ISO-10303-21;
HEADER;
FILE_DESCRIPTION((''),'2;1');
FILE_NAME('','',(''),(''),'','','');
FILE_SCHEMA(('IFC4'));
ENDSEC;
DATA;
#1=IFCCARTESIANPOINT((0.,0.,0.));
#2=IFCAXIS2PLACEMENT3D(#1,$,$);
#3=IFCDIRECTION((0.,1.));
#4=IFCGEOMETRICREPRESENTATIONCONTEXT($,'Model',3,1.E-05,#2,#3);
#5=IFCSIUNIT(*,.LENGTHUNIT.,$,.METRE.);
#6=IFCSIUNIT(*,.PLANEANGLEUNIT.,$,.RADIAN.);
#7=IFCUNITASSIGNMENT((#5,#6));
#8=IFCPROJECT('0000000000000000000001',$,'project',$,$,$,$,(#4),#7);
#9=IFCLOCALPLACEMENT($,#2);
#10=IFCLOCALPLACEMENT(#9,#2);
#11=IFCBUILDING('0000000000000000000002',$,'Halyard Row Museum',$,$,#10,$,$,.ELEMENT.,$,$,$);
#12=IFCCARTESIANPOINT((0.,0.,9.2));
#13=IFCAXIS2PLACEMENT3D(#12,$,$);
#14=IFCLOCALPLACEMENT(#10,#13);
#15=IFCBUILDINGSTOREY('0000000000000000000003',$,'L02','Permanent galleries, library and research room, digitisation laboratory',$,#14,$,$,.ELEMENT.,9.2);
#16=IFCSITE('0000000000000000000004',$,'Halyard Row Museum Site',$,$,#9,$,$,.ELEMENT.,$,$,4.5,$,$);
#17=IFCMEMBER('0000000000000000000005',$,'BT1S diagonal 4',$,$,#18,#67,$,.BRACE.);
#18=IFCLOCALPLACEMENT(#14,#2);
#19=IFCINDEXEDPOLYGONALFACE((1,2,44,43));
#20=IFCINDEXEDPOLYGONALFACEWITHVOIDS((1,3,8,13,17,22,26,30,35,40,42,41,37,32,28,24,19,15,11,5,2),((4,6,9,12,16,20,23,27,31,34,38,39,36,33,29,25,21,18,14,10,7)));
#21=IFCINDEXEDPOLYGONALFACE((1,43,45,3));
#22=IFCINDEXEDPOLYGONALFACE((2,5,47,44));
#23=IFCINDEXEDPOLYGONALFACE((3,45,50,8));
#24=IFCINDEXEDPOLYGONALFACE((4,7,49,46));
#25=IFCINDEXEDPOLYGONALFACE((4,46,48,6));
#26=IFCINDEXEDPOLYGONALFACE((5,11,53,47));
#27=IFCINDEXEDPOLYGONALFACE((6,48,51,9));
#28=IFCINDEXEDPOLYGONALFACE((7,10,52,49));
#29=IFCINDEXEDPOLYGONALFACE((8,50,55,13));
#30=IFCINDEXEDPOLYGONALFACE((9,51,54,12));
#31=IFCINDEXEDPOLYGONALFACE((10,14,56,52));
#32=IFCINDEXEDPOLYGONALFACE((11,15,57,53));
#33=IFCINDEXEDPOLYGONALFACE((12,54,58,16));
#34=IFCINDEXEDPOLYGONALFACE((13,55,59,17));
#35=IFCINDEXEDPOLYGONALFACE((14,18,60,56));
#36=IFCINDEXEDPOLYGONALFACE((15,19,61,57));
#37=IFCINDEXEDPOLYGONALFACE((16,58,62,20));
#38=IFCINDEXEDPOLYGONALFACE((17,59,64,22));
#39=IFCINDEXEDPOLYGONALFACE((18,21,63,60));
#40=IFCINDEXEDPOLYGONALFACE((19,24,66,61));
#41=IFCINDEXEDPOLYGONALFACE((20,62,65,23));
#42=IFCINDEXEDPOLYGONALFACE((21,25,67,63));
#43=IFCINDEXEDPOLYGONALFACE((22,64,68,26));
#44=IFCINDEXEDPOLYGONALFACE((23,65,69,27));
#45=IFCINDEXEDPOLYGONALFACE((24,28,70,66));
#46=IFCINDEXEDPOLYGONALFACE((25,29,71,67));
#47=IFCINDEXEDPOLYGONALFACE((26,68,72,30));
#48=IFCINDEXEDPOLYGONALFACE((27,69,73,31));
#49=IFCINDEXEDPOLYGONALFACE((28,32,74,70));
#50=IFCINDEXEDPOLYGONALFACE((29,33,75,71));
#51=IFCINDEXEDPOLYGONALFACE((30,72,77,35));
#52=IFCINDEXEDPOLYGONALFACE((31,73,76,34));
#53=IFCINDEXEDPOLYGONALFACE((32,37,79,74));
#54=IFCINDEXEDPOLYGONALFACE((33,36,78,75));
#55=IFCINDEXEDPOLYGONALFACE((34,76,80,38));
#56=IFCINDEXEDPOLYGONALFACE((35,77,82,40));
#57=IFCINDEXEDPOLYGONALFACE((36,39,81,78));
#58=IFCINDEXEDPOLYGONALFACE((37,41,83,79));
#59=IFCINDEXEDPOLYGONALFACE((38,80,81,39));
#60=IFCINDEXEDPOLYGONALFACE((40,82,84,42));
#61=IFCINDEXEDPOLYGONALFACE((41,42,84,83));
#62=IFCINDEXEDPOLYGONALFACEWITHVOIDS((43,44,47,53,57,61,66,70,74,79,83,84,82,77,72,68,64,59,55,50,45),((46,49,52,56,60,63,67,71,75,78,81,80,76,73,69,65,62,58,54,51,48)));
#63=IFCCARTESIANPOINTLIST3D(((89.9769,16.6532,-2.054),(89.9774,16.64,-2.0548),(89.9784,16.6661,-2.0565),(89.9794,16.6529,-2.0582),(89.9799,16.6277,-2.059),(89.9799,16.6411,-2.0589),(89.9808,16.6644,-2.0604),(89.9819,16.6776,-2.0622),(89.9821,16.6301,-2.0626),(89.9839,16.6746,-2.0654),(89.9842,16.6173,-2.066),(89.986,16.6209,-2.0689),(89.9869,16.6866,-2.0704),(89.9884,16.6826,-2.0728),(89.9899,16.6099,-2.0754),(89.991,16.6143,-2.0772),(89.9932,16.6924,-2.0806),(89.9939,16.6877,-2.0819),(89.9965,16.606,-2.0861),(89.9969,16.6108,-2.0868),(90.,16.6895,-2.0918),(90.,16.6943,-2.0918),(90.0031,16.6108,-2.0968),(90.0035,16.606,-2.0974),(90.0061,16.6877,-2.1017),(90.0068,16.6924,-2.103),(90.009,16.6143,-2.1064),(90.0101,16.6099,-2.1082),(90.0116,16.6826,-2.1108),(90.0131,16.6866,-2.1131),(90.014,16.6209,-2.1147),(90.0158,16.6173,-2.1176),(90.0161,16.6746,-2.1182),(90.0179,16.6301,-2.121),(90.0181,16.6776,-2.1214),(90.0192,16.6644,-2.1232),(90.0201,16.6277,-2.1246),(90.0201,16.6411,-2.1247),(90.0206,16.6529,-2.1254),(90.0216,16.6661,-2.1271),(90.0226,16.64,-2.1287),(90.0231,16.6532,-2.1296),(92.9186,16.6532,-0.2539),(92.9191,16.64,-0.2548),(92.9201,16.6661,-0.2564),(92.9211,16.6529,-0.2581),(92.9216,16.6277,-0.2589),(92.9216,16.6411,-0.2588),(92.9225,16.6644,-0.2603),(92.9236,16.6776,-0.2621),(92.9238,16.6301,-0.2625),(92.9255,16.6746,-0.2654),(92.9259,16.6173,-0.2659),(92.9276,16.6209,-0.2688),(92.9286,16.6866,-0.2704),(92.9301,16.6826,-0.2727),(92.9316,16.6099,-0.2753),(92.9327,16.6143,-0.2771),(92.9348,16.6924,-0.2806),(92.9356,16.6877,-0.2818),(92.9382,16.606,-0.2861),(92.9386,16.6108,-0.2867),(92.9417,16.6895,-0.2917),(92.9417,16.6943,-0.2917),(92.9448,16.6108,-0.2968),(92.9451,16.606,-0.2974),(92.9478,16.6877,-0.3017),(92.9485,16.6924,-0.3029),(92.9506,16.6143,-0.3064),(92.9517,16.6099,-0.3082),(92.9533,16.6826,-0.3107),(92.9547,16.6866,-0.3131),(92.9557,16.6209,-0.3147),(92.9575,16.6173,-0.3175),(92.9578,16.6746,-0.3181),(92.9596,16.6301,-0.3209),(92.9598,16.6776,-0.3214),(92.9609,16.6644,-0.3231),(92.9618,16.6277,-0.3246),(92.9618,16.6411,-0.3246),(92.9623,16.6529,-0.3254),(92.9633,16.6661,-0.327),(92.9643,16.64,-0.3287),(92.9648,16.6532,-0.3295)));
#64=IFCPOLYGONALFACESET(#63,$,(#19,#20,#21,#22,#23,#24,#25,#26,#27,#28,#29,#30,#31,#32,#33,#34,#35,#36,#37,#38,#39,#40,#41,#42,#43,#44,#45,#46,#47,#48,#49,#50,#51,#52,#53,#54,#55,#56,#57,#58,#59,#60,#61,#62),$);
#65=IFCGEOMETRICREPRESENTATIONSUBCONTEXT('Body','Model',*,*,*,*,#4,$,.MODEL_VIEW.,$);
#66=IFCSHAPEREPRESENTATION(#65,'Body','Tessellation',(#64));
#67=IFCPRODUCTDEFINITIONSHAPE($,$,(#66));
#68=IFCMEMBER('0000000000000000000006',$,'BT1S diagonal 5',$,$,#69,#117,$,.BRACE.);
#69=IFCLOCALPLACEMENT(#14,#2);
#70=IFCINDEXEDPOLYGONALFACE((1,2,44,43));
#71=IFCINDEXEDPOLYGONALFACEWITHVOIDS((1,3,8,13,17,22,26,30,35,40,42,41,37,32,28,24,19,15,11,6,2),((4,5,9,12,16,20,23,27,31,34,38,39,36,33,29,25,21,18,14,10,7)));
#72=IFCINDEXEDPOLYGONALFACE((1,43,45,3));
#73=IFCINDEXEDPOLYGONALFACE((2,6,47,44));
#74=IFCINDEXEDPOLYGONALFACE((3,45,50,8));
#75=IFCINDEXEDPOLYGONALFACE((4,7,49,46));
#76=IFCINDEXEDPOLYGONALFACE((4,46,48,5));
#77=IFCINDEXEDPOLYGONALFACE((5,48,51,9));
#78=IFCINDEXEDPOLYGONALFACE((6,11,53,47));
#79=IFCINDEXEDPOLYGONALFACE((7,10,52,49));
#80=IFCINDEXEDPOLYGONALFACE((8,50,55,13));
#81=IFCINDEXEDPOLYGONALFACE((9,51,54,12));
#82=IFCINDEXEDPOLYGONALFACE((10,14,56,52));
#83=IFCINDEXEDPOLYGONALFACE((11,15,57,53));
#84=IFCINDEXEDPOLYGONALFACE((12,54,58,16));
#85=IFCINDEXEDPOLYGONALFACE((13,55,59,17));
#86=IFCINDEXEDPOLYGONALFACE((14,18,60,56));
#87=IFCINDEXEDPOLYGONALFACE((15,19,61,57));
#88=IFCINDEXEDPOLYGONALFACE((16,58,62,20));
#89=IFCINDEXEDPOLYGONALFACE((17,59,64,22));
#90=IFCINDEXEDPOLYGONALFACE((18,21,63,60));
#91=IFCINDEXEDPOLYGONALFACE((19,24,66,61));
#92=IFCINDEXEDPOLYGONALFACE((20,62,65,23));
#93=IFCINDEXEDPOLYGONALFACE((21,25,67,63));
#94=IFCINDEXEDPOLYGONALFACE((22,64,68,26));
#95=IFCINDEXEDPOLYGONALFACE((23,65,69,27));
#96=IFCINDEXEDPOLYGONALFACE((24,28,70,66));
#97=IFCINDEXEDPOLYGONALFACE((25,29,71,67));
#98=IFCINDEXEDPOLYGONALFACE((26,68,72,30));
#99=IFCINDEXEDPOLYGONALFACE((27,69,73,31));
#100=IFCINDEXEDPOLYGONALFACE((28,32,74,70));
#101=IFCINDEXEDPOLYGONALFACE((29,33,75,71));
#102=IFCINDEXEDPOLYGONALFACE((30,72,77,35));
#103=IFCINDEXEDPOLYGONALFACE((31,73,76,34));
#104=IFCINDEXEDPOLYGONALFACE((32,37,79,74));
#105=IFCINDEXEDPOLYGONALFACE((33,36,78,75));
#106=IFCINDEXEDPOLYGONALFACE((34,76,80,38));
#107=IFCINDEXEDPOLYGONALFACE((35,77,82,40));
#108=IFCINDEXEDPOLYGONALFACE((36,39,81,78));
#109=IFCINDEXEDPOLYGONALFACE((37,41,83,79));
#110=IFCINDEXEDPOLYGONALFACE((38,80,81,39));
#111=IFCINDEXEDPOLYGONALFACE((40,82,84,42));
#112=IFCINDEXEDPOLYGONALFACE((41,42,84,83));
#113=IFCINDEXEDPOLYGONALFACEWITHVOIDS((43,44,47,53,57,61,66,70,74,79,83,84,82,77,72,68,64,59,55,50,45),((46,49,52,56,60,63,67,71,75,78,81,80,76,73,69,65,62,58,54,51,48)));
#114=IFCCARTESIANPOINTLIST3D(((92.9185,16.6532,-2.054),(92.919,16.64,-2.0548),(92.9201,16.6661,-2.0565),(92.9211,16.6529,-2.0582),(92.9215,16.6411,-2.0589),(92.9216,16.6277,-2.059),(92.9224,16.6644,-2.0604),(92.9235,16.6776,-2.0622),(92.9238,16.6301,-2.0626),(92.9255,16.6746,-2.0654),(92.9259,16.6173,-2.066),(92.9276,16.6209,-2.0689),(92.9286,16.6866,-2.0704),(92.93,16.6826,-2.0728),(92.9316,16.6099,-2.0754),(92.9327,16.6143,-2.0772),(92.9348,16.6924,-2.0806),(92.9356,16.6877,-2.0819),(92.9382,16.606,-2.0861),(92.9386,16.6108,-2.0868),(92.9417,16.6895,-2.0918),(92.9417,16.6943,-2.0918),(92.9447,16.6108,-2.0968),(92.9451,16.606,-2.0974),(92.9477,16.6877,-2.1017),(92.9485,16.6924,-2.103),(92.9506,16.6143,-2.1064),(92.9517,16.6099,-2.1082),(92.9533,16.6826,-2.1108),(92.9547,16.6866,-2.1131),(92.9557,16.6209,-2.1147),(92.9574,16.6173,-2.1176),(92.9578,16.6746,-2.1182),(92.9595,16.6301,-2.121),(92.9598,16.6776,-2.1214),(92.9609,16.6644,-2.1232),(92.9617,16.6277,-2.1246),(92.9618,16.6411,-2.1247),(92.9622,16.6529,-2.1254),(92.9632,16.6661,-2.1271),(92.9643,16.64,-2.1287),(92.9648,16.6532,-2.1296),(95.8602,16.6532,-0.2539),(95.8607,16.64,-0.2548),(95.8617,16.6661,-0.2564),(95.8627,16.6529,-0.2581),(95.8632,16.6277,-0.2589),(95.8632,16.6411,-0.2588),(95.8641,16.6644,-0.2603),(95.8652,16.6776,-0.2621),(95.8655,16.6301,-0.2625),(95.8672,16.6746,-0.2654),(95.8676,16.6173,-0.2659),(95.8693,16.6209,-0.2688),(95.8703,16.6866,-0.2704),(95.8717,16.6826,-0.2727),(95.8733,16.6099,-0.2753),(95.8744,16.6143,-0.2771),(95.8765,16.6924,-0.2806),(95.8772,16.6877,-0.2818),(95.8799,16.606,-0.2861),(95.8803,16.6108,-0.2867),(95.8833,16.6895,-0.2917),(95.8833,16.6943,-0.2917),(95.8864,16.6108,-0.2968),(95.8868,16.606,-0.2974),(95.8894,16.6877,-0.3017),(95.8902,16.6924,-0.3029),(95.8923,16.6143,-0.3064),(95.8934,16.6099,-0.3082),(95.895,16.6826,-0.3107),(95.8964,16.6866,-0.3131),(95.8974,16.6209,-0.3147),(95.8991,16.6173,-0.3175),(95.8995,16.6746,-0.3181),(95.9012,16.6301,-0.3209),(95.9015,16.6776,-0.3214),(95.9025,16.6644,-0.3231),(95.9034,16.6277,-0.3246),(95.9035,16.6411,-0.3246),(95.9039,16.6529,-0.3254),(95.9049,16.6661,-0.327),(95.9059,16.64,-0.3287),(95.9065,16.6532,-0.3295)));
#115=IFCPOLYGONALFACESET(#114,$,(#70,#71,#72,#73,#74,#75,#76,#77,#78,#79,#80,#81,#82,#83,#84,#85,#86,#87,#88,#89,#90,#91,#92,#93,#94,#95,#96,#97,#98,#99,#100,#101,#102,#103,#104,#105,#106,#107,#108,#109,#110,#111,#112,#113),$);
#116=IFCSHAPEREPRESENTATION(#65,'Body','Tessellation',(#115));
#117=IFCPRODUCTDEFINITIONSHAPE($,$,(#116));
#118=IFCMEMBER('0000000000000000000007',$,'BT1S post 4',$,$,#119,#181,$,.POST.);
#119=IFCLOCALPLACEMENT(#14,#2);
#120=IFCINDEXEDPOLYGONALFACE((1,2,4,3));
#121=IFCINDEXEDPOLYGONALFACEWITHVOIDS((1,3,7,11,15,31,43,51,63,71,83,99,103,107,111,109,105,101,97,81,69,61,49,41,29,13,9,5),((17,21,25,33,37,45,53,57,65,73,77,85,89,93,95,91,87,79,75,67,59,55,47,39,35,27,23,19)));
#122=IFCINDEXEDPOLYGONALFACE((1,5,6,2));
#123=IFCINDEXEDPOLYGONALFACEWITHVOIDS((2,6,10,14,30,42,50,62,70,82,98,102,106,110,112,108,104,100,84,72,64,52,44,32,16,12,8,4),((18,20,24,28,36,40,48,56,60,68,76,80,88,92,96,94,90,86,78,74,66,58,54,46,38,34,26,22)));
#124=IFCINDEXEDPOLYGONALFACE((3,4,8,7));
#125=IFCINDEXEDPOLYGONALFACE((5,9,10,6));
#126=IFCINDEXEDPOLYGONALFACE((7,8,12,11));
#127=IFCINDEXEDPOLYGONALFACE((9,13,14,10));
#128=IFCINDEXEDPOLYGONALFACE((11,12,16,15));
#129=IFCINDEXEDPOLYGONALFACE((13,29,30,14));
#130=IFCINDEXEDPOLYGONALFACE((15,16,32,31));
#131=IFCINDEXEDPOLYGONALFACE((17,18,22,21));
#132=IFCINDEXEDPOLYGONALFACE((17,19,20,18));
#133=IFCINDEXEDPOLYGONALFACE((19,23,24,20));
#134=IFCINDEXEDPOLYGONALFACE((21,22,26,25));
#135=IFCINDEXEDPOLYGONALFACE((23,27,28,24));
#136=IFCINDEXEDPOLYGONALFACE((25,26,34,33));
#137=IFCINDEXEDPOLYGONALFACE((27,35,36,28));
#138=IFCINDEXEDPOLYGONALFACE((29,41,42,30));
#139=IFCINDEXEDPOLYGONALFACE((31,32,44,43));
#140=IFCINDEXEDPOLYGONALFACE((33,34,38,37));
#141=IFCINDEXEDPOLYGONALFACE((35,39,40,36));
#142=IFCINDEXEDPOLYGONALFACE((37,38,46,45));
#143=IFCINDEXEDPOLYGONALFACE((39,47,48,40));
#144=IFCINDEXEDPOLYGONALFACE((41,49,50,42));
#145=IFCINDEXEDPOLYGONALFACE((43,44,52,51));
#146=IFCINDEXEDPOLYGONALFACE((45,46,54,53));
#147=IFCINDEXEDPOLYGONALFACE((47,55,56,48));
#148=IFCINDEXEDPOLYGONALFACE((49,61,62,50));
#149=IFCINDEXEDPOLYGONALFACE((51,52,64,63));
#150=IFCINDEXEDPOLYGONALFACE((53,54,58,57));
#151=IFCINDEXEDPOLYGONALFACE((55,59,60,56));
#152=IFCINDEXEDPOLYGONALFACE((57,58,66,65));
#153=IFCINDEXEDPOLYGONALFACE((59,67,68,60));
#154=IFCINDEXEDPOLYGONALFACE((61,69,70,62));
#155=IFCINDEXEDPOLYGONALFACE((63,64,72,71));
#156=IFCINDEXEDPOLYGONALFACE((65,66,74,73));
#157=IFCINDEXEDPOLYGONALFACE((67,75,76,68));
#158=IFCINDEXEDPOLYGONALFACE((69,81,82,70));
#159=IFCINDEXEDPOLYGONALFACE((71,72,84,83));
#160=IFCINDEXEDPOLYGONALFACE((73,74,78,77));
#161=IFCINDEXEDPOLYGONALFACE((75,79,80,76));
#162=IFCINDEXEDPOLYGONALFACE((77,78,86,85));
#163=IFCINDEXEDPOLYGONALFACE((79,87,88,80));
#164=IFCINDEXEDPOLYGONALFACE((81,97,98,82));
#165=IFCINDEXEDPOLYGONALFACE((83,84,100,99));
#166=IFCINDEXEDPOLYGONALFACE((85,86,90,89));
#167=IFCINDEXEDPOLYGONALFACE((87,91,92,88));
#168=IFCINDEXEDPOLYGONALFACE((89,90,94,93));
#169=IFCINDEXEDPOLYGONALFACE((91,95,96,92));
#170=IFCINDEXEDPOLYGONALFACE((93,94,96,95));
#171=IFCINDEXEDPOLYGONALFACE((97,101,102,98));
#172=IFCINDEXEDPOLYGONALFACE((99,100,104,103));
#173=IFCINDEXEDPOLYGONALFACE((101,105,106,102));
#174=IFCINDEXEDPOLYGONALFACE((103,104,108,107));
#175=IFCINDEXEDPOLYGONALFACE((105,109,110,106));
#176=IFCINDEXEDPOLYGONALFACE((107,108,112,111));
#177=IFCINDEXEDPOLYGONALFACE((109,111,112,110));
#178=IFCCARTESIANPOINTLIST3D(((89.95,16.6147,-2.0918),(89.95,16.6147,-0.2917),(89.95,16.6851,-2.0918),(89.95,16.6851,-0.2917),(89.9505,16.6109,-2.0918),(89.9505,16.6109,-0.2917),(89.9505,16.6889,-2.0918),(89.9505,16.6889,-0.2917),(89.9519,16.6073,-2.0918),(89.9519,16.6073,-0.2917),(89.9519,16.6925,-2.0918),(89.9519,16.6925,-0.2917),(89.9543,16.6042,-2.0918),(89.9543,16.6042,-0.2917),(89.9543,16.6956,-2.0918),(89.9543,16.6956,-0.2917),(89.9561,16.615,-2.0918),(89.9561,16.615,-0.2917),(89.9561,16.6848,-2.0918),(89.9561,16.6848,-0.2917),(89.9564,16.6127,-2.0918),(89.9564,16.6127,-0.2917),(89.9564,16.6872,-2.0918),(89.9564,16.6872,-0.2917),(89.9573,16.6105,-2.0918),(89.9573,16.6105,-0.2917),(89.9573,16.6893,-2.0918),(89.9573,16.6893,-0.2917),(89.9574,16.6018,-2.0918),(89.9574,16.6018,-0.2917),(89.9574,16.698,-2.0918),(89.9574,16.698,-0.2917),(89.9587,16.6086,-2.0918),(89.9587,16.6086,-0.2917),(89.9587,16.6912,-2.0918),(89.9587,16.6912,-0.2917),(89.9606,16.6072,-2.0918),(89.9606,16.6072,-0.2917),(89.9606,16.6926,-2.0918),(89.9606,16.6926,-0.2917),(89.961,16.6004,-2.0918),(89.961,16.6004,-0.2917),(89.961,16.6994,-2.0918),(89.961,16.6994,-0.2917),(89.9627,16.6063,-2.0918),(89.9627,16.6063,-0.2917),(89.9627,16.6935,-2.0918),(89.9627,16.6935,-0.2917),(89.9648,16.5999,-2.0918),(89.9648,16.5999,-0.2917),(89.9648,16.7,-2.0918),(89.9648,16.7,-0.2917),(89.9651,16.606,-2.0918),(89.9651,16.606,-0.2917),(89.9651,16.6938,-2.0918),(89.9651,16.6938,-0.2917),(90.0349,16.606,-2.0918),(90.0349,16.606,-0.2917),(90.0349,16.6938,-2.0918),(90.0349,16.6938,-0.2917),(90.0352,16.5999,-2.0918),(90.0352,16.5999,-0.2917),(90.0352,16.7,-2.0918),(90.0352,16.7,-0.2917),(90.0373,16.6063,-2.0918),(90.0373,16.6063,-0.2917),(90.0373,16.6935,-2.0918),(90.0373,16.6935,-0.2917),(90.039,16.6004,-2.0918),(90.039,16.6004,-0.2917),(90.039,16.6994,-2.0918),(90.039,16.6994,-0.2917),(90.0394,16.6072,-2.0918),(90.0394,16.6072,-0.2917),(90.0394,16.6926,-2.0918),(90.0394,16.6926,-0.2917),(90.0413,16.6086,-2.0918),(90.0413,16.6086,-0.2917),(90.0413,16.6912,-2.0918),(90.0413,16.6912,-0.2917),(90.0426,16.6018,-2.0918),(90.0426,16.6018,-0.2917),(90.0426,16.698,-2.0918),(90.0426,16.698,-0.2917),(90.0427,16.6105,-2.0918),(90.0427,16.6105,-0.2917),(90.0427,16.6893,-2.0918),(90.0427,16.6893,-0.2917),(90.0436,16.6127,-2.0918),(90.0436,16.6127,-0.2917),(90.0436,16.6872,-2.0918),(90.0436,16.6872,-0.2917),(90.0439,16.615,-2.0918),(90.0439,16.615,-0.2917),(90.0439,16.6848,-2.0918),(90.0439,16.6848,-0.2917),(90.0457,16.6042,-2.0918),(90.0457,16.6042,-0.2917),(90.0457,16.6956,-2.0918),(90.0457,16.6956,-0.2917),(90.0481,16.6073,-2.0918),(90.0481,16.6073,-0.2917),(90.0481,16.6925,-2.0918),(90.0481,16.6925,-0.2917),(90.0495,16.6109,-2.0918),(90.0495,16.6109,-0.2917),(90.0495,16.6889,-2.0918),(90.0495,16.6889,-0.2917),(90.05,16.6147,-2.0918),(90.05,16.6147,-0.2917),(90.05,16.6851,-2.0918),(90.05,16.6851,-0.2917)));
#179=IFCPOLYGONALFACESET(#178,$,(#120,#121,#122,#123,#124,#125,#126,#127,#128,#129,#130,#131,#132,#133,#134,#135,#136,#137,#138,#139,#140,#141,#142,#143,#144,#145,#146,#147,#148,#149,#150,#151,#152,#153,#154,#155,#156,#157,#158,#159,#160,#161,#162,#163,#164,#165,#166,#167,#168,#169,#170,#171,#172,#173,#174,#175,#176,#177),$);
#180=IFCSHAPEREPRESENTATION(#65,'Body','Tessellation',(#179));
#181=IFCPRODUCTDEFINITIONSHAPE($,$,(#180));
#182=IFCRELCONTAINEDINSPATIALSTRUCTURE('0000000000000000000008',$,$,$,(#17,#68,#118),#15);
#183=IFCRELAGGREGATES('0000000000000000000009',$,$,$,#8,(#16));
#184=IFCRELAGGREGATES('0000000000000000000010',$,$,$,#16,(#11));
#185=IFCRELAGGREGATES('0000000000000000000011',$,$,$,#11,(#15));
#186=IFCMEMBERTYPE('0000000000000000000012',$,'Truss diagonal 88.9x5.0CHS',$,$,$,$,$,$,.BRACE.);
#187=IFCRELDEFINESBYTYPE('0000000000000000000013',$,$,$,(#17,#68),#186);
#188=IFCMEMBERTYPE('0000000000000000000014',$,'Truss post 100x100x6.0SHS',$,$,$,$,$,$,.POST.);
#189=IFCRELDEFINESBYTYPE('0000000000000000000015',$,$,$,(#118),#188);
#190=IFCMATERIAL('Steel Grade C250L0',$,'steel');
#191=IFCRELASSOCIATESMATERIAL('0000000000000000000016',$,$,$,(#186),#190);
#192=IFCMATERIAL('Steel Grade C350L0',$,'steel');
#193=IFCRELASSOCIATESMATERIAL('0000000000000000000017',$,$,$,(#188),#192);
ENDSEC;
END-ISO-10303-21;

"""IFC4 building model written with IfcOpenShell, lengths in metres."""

from ifc_helpers import new_model, si_unit, direction, frame, origin, origin_2d, place, context, subcontext, project, spatial, hollow_rectangle, hollow_circle, extrude, material, material_profile, profile_set, type_object, element, save


model = new_model("IFC4")

# Units and contexts
model_context = context("Model", 3, precision=1e-05, world=origin(), true_north=direction((0.0, 1.0)))
body_context = subcontext(model_context, "Body", "Model", "MODEL_VIEW")
ifc_project = project(units=[si_unit("LENGTHUNIT", "METRE"), si_unit("PLANEANGLEUNIT", "RADIAN")], contexts=[model_context])

# Site, building, storey
site_placement = place(None, origin())
site = spatial("IfcSite", under=ifc_project, at=site_placement, Name="Halyard Row Museum Site", CompositionType="ELEMENT", RefElevation=4.5)
building_placement = place(site_placement, origin())
building = spatial("IfcBuilding", under=site, at=building_placement, Name="Halyard Row Museum", CompositionType="ELEMENT")
storey_placement = place(building_placement, frame((0.0, 0.0, 9.2)))
storey = spatial("IfcBuildingStorey", under=building, at=storey_placement, Name="L02", Description="Permanent galleries, library and research room, digitisation laboratory", CompositionType="ELEMENT", Elevation=9.2)

# Members
ifc_material_1 = material(Name="Steel Grade C250L0", Category="steel")
ifc_material_profile_1 = material_profile(ifc_material_1, hollow_circle(Radius=0.0444, WallThickness=0.0049, at=origin_2d()), Name="88.9x5.0CHS")
ifc_profile_set_1 = profile_set([ifc_material_profile_1], Name="Steel Grade C250L0")
member_type_1 = type_object("IfcMemberType", Name="Truss diagonal 88.9x5.0CHS", PredefinedType="BRACE", material=ifc_profile_set_1)
for number, where, z_axis, x_axis, name in (
    (1, (90.0, 16.6499, -2.0918), (0.852975, 0.0, 0.521951), (0.0, 1.0, 0.0), "BT1S diagonal 4"),
    (2, (92.9417, 16.6499, -2.0918), (0.852975, 0.0, 0.521951), (0.0, 1.0, 0.0), "BT1S diagonal 5"),
):
    element("IfcMember", number, at=place(storey_placement, frame(where, z_axis=z_axis, x_axis=x_axis)), inside=storey, type_object=member_type_1, Name=name, PredefinedType="BRACE", context=body_context, shape_type="SweptSolid", body=[
        extrude(hollow_circle(Radius=0.0444, WallThickness=0.0049, at=origin_2d()), origin(), (0.0, 0.0, 1.0), 3.4487),
    ])
ifc_material_2 = material(Name="Steel Grade C350L0", Category="steel")
ifc_material_profile_2 = material_profile(ifc_material_2, hollow_rectangle(XDim=0.1001, YDim=0.1001, WallThickness=0.0061, InnerFilletRadius=0.009, OuterFilletRadius=0.0149, at=origin_2d()), Name="100x100x6.0SHS")
ifc_profile_set_2 = profile_set([ifc_material_profile_2], Name="Steel Grade C350L0")
member_type_2 = type_object("IfcMemberType", Name="Truss post 100x100x6.0SHS", PredefinedType="POST", material=ifc_profile_set_2)
for number, where, z_axis, x_axis, name in (
    (3, (90.0, 16.6499, -2.0918), (0.0, 0.0, 1.0), (1.0, 0.0, 0.0), "BT1S post 4"),
):
    element("IfcMember", number, at=place(storey_placement, frame(where, z_axis=z_axis, x_axis=x_axis)), inside=storey, type_object=member_type_2, Name=name, PredefinedType="POST", context=body_context, shape_type="SweptSolid", body=[
        extrude(hollow_rectangle(XDim=0.1001, YDim=0.1001, WallThickness=0.0061, InnerFilletRadius=0.009, OuterFilletRadius=0.0149, at=origin_2d()), origin(), (0.0, 0.0, 1.0), 1.8),
    ])

save(model, "model.ifc")
